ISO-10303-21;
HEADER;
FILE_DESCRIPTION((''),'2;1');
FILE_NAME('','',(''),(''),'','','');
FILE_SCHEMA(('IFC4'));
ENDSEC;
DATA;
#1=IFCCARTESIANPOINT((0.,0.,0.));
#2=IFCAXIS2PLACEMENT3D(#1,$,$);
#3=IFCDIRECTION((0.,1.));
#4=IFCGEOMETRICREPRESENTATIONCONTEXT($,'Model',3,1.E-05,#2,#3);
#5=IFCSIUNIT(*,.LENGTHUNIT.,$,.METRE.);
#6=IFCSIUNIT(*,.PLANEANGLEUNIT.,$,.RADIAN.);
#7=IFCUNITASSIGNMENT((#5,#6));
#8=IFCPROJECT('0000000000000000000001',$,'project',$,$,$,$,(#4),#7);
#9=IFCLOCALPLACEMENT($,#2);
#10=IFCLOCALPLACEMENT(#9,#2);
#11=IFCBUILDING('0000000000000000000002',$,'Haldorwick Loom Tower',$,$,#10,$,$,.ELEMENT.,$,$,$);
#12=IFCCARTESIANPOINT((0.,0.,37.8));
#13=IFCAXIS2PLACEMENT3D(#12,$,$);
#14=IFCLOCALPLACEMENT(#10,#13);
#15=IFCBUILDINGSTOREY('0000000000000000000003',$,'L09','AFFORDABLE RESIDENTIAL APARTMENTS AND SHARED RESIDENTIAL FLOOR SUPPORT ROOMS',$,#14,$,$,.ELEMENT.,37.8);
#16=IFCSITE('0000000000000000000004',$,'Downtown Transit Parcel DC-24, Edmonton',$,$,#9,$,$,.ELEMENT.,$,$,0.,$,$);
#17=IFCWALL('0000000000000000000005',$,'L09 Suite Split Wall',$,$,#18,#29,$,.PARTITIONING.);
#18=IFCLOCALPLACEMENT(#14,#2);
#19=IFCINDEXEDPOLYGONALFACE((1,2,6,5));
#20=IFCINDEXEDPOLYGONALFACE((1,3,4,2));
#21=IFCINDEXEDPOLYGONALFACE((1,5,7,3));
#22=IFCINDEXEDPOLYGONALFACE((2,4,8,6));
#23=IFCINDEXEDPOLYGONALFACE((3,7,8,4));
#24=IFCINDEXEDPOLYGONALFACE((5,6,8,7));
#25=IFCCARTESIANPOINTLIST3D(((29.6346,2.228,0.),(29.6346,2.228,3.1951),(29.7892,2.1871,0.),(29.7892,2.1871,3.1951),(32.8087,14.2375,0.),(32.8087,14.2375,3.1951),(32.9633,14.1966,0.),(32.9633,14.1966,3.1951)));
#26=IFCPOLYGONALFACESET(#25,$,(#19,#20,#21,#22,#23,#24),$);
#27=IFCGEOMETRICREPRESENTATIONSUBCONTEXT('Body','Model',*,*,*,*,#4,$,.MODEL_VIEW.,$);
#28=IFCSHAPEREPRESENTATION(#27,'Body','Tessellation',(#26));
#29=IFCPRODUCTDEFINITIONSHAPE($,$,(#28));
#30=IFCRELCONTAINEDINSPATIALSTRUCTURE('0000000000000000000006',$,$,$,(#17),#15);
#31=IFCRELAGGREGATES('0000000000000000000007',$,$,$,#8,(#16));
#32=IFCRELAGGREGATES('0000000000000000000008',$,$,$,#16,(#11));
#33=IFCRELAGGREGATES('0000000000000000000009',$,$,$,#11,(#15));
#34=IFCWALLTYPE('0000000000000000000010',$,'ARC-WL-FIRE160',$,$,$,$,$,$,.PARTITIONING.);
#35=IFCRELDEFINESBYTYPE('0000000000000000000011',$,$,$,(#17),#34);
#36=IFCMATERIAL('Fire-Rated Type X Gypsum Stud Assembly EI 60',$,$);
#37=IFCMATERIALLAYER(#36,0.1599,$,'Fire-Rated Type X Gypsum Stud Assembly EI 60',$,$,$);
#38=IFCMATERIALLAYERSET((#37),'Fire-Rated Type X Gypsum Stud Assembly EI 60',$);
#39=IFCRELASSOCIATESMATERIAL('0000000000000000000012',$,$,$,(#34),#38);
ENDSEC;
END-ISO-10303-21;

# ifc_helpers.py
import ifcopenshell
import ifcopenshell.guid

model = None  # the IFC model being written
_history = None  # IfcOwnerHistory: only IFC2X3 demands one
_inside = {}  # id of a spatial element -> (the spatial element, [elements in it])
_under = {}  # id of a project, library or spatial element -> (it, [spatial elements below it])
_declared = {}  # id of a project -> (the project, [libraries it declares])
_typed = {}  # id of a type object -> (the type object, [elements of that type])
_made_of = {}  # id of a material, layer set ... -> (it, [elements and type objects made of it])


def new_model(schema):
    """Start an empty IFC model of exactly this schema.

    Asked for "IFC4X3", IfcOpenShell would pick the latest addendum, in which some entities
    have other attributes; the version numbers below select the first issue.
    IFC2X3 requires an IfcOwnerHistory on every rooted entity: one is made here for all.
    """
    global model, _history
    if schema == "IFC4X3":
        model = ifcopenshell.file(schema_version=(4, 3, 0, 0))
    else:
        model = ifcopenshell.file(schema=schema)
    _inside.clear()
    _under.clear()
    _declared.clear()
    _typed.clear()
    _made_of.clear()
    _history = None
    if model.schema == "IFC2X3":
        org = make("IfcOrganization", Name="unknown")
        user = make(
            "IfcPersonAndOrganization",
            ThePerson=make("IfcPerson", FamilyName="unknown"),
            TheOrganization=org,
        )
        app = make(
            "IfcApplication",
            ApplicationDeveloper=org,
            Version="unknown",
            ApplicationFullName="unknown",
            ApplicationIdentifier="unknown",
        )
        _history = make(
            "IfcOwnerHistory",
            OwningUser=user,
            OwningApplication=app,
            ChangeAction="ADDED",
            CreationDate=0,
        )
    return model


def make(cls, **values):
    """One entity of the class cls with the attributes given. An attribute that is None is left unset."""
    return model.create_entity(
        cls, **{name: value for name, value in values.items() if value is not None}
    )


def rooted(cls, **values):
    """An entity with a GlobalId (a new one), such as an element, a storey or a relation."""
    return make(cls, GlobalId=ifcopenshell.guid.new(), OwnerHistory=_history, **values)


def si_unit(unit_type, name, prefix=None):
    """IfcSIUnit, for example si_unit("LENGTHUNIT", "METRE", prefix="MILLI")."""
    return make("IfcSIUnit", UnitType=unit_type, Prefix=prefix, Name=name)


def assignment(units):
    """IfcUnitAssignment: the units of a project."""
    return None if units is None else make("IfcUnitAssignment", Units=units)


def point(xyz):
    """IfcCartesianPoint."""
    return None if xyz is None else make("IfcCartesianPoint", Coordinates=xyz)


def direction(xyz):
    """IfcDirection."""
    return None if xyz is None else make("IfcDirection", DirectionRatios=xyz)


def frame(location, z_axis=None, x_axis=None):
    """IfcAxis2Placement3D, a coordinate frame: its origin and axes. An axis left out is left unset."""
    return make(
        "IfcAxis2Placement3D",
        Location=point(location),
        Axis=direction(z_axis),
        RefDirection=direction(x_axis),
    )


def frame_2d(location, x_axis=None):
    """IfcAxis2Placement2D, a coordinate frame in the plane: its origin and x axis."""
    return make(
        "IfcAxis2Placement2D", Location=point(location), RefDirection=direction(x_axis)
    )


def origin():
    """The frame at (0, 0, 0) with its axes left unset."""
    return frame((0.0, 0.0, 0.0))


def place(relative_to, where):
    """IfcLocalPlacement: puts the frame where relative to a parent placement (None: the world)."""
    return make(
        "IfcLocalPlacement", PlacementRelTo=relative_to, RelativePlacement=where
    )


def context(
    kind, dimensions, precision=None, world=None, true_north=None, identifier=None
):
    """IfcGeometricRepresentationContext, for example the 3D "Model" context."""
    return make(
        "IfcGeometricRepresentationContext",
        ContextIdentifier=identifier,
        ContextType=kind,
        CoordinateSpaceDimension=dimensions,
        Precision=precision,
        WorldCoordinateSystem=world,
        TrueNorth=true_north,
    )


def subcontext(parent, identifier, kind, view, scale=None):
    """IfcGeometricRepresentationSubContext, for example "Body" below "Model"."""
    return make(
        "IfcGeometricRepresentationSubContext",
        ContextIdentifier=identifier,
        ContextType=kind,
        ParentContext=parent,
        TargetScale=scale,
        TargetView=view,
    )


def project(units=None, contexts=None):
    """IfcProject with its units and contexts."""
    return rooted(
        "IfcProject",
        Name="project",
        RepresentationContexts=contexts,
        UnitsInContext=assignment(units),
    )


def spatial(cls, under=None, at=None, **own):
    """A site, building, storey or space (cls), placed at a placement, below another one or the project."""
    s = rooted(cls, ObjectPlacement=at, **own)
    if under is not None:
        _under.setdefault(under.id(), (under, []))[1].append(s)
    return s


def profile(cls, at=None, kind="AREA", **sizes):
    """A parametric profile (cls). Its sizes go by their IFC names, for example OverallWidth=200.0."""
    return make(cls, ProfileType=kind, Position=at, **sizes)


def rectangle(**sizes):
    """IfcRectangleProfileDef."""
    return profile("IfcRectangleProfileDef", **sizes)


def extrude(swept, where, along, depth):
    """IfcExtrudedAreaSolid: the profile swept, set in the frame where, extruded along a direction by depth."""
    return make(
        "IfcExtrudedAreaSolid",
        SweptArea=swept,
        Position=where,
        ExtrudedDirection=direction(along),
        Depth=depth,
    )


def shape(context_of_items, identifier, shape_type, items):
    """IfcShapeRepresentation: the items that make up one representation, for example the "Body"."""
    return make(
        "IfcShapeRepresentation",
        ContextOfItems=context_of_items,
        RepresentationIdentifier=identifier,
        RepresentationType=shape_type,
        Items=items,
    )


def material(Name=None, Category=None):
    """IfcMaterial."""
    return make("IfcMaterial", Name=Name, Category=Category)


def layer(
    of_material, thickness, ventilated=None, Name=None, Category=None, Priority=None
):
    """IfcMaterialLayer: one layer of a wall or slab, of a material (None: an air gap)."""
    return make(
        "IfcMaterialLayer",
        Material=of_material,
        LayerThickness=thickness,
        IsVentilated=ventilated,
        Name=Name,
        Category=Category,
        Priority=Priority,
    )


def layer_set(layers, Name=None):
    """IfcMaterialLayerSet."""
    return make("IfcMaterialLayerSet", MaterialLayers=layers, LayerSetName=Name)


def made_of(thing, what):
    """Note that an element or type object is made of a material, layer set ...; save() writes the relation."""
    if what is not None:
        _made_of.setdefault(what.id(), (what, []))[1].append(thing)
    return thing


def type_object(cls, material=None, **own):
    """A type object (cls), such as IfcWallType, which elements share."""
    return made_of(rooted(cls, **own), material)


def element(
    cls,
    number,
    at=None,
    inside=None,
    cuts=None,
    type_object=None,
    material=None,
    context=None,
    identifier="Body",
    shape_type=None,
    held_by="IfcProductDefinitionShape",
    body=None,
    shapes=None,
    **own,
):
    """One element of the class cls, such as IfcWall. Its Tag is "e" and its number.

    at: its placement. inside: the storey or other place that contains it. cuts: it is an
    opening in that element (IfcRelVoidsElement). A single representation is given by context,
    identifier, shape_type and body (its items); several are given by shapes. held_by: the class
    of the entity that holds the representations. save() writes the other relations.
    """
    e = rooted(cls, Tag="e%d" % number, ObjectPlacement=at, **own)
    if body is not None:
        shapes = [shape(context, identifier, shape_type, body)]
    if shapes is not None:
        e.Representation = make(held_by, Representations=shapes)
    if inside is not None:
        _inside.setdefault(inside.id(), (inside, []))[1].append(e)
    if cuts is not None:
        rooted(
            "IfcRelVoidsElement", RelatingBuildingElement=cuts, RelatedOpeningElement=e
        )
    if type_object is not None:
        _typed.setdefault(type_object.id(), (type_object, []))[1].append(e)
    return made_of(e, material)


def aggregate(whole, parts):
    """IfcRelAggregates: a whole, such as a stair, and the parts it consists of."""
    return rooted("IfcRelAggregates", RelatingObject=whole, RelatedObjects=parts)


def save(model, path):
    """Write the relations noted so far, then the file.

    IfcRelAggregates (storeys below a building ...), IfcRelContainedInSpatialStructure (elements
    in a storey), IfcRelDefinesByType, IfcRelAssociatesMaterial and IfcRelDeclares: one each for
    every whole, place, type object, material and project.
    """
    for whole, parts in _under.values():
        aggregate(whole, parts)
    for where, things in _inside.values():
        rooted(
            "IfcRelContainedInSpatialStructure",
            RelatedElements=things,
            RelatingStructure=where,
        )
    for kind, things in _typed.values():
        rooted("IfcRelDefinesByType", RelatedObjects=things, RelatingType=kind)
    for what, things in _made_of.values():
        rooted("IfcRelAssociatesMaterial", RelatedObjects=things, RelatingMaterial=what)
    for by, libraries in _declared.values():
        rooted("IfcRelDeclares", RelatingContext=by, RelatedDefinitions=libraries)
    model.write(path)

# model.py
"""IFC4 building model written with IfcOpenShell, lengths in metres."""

from ifc_helpers import new_model, si_unit, direction, frame, frame_2d, origin, place, context, subcontext, project, spatial, rectangle, extrude, material, layer, layer_set, type_object, element, save


model = new_model("IFC4")

# Units and contexts
model_context = context("Model", 3, precision=1e-05, world=origin(), true_north=direction((0.0, 1.0)))
body_context = subcontext(model_context, "Body", "Model", "MODEL_VIEW")
ifc_project = project(units=[si_unit("LENGTHUNIT", "METRE"), si_unit("PLANEANGLEUNIT", "RADIAN")], contexts=[model_context])

# Site, building, storey
site_placement = place(None, origin())
site = spatial("IfcSite", under=ifc_project, at=site_placement, Name="Downtown Transit Parcel DC-24, Edmonton", CompositionType="ELEMENT", RefElevation=0.0)
building_placement = place(site_placement, origin())
building = spatial("IfcBuilding", under=site, at=building_placement, Name="Haldorwick Loom Tower", CompositionType="ELEMENT")
storey_placement = place(building_placement, frame((0.0, 0.0, 37.8)))
storey = spatial("IfcBuildingStorey", under=building, at=storey_placement, Name="L09", Description="AFFORDABLE RESIDENTIAL APARTMENTS AND SHARED RESIDENTIAL FLOOR SUPPORT ROOMS", CompositionType="ELEMENT", Elevation=37.8)

# Wall
ifc_material_1 = material(Name="Fire-Rated Type X Gypsum Stud Assembly EI 60")
ifc_layer_1 = layer(ifc_material_1, 0.1599, Name="Fire-Rated Type X Gypsum Stud Assembly EI 60")
ifc_layer_set_1 = layer_set([ifc_layer_1], Name="Fire-Rated Type X Gypsum Stud Assembly EI 60")
wall_type = type_object("IfcWallType", Name="ARC-WL-FIRE160", PredefinedType="PARTITIONING", material=ifc_layer_set_1)
wall_1_placement = place(storey_placement, frame((32.886, 14.217, 0.0), z_axis=(0.0, 0.0, 1.0), x_axis=(-0.255522, -0.966803, 0.0)))
element("IfcWall", 1, at=wall_1_placement, inside=storey, type_object=wall_type, Name="L09 Suite Split Wall", PredefinedType="PARTITIONING", context=body_context, shape_type="SweptSolid", body=[
    extrude(rectangle(XDim=12.4219, YDim=0.1599, at=frame_2d((6.2109, 0.0))), origin(), (0.0, 0.0, 1.0), 3.1951),
])

save(model, "model.ifc")
